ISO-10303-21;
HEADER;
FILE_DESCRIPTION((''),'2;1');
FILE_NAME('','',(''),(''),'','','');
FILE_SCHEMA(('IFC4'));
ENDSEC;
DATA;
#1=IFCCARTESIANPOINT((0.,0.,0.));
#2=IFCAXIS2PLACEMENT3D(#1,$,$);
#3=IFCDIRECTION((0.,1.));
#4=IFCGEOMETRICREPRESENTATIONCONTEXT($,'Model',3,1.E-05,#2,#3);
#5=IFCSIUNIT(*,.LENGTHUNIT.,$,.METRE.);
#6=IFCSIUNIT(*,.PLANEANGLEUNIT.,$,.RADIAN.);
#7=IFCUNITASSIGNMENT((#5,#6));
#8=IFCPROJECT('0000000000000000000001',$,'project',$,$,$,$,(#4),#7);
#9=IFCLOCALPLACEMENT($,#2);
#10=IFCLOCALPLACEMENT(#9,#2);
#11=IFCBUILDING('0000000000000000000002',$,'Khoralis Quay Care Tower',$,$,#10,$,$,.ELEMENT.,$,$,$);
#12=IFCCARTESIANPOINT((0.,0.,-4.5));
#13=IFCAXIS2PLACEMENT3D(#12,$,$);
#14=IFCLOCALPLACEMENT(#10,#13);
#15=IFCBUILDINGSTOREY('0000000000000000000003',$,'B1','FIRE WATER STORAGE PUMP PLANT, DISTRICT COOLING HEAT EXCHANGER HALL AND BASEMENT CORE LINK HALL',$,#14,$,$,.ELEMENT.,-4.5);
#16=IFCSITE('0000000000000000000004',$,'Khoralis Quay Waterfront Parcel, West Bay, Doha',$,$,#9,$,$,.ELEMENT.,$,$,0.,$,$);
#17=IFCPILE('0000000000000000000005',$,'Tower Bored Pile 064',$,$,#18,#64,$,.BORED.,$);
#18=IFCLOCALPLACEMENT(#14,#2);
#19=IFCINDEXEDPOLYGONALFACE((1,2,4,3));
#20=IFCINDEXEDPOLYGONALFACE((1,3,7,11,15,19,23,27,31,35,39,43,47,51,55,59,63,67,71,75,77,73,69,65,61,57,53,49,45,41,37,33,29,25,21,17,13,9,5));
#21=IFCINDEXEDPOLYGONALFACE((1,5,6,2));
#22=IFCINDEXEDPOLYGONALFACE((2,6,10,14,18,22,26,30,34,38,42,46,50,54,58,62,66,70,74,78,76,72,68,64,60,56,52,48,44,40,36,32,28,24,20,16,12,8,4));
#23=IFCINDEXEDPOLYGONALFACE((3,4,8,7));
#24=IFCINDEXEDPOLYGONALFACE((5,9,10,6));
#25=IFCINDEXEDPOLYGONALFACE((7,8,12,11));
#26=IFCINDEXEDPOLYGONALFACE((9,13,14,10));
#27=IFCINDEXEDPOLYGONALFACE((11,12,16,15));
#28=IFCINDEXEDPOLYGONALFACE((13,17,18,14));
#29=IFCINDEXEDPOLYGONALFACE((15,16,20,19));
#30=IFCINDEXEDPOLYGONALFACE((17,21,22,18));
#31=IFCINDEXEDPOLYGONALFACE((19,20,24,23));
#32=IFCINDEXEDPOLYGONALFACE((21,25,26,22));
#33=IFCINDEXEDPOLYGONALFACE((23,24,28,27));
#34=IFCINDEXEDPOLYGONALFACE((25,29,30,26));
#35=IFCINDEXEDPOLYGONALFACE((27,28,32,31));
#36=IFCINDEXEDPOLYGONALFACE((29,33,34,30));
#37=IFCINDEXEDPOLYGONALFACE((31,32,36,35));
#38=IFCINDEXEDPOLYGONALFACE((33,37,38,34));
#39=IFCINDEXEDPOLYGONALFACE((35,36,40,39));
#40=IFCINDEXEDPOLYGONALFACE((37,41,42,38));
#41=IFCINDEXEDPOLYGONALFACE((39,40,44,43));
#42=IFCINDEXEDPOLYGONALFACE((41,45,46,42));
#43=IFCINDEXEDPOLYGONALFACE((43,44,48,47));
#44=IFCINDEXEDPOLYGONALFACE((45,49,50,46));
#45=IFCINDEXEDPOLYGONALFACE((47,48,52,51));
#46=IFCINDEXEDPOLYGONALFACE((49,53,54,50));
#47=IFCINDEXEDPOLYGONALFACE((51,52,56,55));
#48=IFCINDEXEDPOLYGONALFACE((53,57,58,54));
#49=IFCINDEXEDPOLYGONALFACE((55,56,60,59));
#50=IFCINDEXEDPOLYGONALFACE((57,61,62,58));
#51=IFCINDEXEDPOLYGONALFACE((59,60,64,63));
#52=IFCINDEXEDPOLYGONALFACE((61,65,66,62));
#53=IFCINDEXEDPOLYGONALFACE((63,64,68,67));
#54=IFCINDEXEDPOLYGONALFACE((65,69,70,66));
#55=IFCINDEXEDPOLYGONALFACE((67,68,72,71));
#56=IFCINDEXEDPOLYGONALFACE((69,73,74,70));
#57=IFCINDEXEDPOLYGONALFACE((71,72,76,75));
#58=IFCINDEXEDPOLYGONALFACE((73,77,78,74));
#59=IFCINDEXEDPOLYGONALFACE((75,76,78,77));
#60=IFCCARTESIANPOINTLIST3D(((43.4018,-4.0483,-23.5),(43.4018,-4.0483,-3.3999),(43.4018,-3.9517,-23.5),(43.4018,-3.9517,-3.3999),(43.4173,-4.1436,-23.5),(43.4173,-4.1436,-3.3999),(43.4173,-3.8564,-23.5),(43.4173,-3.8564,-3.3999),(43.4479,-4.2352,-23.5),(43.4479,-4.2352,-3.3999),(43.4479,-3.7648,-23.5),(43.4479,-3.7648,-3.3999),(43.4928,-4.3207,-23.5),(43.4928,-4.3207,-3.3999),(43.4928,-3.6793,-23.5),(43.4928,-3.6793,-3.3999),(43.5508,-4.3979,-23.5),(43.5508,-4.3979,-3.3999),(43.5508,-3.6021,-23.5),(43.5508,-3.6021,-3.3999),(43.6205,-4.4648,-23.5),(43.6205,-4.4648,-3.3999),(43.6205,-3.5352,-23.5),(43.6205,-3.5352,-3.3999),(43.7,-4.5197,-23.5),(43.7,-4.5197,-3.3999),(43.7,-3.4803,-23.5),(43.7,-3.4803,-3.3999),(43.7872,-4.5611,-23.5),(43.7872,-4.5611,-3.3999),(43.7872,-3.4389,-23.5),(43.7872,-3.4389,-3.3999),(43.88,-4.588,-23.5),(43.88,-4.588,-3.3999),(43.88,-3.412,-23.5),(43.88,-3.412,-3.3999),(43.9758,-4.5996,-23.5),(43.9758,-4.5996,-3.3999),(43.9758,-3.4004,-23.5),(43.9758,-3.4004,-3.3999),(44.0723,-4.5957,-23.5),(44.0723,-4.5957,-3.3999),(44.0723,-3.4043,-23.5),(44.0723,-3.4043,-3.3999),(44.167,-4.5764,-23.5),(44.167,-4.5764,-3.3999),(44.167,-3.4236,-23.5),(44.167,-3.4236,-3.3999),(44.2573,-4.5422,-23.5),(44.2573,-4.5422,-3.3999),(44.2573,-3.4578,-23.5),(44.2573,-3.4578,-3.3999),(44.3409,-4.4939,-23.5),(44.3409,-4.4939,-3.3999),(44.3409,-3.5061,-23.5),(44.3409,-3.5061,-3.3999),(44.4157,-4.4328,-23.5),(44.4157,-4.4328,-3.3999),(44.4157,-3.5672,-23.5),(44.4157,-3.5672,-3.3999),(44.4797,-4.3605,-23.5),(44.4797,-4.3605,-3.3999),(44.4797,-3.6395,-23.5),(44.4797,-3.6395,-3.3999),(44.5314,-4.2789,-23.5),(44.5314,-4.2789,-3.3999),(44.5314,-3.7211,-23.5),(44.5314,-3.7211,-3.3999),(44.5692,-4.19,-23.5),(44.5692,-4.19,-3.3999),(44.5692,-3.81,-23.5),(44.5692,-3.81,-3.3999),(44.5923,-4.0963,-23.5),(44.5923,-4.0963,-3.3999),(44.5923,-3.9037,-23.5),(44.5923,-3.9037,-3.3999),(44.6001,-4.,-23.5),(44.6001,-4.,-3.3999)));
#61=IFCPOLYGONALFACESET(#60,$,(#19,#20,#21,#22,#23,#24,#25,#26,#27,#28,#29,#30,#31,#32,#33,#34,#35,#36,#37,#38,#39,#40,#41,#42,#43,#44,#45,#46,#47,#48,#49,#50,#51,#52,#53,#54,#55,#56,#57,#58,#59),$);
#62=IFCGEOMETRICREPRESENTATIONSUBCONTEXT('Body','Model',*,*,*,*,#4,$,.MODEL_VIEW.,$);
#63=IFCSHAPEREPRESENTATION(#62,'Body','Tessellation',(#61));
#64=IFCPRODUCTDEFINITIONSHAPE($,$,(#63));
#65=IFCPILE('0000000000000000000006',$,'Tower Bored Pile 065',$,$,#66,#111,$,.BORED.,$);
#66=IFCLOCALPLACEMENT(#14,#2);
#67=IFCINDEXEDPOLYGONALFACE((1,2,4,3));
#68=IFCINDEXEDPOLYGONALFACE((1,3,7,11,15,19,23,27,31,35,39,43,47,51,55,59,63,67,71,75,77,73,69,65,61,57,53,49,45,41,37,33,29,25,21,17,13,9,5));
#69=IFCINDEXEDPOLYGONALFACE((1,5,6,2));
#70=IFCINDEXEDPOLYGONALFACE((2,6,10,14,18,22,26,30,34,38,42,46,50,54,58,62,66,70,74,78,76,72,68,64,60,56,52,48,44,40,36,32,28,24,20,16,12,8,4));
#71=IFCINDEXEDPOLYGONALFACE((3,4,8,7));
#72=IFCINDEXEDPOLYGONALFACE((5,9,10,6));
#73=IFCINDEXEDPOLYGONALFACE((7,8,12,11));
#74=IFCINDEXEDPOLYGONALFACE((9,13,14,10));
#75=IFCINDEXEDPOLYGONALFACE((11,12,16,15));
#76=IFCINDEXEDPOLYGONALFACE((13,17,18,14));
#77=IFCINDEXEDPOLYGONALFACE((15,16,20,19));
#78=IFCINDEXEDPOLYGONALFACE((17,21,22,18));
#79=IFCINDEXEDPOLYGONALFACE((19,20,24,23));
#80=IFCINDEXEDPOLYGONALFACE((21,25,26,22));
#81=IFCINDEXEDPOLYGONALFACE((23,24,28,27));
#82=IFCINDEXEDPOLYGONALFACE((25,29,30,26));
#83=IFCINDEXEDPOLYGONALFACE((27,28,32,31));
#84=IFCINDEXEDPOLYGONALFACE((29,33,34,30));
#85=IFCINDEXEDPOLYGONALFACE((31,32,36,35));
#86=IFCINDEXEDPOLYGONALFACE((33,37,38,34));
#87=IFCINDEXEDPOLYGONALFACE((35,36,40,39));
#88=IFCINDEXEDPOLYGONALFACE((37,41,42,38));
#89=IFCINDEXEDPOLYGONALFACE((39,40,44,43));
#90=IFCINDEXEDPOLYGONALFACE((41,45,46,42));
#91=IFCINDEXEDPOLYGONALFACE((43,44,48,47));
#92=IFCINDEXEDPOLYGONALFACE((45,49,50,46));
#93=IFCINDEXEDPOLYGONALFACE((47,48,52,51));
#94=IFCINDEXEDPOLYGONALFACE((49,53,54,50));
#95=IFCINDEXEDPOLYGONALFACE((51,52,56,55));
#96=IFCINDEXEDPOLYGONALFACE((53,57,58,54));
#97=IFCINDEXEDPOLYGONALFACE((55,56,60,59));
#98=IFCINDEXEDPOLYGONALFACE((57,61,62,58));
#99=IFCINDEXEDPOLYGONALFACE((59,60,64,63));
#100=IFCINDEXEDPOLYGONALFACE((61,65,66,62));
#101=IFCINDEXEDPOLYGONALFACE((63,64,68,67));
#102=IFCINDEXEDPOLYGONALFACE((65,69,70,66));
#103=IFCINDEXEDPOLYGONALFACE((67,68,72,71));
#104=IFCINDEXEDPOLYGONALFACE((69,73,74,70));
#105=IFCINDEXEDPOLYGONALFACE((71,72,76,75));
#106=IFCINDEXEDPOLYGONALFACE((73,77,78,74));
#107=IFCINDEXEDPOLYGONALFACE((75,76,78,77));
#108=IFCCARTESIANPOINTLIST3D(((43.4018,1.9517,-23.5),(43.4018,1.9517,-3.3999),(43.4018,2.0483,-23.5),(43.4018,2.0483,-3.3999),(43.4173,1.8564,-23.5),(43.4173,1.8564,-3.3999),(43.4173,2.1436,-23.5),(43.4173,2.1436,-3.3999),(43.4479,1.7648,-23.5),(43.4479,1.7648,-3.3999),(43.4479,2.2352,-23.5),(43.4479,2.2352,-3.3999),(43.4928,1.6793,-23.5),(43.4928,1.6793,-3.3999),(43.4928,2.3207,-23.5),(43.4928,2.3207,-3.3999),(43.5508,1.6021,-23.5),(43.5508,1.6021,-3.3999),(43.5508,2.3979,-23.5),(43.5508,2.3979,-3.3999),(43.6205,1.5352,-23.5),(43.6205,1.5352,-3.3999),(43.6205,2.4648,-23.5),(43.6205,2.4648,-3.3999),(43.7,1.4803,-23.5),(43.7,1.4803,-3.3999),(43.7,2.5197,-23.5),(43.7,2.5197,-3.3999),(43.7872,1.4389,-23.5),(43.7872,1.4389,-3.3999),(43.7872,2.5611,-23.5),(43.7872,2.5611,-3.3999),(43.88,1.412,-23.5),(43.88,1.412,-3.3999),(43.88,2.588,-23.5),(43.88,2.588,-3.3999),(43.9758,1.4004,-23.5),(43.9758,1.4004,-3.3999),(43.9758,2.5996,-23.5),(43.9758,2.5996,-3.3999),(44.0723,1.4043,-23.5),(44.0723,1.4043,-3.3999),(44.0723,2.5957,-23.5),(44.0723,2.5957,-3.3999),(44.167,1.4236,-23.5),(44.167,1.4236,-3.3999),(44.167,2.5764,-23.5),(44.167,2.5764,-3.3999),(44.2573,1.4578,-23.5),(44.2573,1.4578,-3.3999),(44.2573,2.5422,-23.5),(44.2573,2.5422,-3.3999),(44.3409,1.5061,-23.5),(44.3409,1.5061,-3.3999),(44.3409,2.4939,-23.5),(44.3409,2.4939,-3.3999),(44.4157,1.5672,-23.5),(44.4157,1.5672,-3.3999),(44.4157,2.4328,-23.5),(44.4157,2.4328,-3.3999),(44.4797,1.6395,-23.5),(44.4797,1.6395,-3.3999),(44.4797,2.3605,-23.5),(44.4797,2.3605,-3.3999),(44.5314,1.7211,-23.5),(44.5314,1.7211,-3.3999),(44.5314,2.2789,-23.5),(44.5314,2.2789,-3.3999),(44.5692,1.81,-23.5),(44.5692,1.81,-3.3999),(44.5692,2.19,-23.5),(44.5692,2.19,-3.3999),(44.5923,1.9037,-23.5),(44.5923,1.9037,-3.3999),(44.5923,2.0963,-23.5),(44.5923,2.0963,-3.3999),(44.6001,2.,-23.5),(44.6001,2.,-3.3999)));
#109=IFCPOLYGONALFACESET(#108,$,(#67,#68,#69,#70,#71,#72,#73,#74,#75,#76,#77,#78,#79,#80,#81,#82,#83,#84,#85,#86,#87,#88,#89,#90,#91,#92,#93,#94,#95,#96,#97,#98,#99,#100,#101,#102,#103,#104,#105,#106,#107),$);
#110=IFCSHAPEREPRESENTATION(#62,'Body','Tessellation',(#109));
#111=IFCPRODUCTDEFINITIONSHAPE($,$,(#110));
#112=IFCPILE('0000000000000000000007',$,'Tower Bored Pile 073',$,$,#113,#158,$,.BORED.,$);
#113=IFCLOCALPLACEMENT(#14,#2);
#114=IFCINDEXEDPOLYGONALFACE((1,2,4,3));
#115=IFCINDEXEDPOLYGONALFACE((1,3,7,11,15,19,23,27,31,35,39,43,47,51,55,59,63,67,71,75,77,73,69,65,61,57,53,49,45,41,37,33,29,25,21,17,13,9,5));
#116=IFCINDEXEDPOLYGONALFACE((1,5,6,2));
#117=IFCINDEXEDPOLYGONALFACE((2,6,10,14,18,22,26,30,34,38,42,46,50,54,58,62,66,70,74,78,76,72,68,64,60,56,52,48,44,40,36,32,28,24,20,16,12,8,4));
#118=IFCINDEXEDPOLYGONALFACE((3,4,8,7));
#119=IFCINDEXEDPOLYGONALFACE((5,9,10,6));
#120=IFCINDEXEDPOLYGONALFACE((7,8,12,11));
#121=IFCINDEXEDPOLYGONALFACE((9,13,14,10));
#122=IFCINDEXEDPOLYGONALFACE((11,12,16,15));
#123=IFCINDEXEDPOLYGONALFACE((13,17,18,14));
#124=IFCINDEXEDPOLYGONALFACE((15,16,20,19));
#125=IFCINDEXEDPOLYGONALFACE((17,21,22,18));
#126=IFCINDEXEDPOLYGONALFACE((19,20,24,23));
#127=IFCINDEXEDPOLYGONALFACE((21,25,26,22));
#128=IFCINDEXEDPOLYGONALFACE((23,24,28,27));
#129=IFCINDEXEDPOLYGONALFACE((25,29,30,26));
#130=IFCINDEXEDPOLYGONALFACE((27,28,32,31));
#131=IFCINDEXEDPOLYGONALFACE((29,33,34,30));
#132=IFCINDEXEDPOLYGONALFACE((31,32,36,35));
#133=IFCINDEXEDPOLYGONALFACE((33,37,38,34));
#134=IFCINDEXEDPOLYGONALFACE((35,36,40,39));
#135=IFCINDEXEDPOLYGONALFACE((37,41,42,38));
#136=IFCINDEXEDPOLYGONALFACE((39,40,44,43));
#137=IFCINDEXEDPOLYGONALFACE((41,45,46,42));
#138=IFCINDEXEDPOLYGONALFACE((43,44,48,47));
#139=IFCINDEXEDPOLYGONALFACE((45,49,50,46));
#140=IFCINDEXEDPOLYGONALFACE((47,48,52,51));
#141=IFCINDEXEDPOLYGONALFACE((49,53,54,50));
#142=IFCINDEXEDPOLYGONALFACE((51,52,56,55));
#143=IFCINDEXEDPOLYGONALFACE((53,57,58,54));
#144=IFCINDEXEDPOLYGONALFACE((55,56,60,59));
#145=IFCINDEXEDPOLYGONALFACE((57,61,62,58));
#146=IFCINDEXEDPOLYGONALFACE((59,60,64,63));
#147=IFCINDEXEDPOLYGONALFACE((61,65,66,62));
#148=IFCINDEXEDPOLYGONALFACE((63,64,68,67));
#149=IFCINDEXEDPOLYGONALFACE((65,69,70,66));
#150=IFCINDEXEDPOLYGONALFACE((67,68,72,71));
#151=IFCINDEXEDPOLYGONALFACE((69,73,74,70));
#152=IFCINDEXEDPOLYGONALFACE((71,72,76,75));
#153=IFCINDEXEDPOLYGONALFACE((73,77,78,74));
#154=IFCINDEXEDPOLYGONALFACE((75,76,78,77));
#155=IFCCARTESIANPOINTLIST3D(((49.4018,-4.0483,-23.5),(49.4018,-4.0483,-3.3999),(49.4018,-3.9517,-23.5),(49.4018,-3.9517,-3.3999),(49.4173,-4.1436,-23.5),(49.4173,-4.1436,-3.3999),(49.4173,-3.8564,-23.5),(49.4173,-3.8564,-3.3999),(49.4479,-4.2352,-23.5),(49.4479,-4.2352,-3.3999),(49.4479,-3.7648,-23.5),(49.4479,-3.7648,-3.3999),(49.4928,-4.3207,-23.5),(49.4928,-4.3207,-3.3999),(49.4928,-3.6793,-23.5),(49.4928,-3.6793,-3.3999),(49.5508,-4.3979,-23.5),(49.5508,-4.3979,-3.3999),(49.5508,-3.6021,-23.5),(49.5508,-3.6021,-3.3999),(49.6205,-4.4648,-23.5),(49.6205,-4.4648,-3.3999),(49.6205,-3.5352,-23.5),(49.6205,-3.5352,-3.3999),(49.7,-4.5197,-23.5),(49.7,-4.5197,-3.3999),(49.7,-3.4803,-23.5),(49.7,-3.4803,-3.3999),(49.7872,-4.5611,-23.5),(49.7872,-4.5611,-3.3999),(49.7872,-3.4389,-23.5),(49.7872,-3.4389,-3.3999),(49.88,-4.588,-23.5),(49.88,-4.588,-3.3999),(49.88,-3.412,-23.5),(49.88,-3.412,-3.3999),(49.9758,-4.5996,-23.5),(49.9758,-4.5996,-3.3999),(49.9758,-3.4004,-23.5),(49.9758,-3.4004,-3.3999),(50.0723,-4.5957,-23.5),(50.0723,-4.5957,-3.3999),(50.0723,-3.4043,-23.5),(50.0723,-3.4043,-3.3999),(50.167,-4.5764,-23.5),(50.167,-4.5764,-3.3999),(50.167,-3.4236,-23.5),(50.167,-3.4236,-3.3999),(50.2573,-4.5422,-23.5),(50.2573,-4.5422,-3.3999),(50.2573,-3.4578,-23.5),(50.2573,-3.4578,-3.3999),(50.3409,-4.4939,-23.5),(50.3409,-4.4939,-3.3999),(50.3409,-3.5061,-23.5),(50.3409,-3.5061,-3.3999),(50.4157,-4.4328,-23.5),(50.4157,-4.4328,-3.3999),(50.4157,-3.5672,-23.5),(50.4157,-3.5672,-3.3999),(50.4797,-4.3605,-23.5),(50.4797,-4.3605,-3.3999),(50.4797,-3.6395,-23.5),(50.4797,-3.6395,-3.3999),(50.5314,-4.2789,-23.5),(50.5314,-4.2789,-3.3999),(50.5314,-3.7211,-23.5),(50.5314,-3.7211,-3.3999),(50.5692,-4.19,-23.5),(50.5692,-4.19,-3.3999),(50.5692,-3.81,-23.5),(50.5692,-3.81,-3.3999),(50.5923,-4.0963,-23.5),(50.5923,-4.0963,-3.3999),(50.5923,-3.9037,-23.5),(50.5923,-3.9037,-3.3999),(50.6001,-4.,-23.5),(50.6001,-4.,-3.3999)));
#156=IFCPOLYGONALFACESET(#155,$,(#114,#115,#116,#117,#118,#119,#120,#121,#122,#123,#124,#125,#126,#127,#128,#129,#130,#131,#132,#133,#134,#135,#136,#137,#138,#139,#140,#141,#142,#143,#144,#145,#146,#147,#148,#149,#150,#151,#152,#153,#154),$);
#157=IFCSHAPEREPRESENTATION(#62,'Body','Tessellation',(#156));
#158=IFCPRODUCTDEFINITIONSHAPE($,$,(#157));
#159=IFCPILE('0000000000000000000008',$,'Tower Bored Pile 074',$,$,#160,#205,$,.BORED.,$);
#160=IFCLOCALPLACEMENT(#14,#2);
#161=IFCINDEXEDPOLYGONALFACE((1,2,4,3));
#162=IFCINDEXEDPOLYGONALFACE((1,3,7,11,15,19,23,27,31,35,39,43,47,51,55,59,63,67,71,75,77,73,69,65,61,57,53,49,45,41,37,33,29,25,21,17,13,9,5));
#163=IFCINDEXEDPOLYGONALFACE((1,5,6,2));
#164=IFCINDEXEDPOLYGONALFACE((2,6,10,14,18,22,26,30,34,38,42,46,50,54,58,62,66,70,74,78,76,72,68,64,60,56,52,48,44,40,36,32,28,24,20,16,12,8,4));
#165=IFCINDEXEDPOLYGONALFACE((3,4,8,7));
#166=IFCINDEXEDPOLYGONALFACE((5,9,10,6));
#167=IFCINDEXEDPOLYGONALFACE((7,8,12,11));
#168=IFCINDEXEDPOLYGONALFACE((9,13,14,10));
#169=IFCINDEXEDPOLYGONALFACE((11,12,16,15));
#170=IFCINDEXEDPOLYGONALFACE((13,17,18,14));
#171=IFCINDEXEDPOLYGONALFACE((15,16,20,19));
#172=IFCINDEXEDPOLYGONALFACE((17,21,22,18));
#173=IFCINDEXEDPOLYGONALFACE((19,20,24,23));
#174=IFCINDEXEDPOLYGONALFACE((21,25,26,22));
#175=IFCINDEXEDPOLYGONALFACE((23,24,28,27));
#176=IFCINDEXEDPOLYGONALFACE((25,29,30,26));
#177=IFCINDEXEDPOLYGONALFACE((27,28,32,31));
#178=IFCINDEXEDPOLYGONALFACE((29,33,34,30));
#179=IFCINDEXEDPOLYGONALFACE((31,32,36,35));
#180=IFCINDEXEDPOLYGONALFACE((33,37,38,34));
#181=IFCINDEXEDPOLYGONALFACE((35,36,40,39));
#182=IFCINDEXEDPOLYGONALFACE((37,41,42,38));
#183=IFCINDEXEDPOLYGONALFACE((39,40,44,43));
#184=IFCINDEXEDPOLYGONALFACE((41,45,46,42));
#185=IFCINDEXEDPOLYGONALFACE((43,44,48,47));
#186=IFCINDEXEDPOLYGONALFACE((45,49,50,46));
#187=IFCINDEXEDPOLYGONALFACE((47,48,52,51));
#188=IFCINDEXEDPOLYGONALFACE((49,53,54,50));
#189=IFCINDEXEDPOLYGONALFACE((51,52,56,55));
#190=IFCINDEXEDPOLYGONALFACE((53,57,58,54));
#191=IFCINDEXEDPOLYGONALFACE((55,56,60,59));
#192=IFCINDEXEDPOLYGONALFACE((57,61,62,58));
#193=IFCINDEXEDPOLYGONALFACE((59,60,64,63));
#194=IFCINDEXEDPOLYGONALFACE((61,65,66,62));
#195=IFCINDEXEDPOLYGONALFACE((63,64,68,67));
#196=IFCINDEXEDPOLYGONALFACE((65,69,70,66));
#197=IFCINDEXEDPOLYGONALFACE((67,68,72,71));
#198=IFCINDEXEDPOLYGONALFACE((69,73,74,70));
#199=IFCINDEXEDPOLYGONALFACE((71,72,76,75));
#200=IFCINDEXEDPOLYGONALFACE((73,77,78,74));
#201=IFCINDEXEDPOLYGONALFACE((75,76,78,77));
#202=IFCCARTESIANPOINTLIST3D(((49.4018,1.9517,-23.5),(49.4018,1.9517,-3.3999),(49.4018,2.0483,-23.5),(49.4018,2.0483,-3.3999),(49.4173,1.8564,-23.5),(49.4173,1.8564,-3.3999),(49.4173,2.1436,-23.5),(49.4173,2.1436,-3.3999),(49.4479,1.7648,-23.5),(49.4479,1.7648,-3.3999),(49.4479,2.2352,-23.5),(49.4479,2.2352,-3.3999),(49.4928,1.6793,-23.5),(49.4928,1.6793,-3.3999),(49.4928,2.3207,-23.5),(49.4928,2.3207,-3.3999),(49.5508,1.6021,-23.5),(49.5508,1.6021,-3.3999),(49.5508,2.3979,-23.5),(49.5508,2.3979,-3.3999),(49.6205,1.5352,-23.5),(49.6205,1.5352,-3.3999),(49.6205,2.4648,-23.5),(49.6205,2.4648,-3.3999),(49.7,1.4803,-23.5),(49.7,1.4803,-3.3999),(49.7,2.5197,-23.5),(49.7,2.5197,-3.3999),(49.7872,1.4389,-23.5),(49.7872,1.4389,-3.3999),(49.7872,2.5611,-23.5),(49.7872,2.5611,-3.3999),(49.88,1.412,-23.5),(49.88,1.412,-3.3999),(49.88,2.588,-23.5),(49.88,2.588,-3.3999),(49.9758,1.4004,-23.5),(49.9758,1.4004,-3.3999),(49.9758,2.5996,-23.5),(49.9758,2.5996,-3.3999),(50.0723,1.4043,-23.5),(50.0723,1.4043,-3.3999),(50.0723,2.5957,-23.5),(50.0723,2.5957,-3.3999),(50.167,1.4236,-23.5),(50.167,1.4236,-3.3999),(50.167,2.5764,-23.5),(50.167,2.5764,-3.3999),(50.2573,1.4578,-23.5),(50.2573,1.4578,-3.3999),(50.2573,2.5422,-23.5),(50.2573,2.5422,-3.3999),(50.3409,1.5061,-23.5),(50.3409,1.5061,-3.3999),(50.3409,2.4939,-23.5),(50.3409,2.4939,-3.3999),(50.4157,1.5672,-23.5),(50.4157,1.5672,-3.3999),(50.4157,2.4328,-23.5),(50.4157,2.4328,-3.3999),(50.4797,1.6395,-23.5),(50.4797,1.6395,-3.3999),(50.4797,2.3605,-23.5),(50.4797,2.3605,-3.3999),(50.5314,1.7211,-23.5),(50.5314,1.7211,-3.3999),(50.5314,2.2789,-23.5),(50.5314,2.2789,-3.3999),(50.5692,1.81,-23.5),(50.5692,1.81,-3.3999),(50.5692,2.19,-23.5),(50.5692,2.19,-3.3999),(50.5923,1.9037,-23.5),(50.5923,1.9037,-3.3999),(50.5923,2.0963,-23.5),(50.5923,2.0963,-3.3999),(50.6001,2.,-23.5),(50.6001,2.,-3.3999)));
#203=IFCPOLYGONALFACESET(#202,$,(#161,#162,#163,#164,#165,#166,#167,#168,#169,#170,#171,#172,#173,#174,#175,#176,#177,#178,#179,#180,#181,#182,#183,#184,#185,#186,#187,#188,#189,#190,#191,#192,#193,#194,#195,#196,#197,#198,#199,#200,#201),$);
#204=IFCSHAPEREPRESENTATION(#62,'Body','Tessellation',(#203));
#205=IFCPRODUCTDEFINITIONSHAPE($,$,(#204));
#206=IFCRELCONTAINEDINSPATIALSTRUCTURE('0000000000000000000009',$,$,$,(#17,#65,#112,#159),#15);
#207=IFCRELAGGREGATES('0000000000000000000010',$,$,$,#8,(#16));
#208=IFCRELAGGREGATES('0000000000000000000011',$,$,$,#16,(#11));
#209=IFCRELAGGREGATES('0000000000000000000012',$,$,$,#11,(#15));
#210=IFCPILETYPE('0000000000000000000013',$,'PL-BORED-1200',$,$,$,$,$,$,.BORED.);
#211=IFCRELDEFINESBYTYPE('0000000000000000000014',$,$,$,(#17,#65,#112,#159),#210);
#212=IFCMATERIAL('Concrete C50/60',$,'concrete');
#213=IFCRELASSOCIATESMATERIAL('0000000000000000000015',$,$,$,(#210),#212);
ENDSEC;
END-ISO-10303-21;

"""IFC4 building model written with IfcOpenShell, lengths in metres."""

from ifc_helpers import new_model, si_unit, direction, frame, origin, origin_2d, place, context, subcontext, project, spatial, circle, extrude, source, transform, mapped, material, material_profile, profile_set, type_object, element, save


model = new_model("IFC4")

# Units and contexts
model_context = context("Model", 3, precision=1e-05, world=origin(), true_north=direction((0.0, 1.0)))
body_context = subcontext(model_context, "Body", "Model", "MODEL_VIEW")
ifc_project = project(units=[si_unit("LENGTHUNIT", "METRE"), si_unit("PLANEANGLEUNIT", "RADIAN")], contexts=[model_context])

# Site, building, storey
site_placement = place(None, origin())
site = spatial("IfcSite", under=ifc_project, at=site_placement, Name="Khoralis Quay Waterfront Parcel, West Bay, Doha", CompositionType="ELEMENT", RefElevation=0.0)
building_placement = place(site_placement, origin())
building = spatial("IfcBuilding", under=site, at=building_placement, Name="Khoralis Quay Care Tower", CompositionType="ELEMENT")
storey_placement = place(building_placement, frame((0.0, 0.0, -4.5)))
storey = spatial("IfcBuildingStorey", under=building, at=storey_placement, Name="B1", Description="FIRE WATER STORAGE PUMP PLANT, DISTRICT COOLING HEAT EXCHANGER HALL AND BASEMENT CORE LINK HALL", CompositionType="ELEMENT", Elevation=-4.5)

# Piles
ifc_material_1 = material(Name="Concrete C50/60", Category="concrete")
ifc_material_profile_1 = material_profile(ifc_material_1, circle(Radius=0.6001, at=origin_2d()), Name="Concrete C50/60")
ifc_profile_set_1 = profile_set([ifc_material_profile_1], Name="Concrete C50/60")
pile_type = type_object("IfcPileType", Name="PL-BORED-1200", PredefinedType="BORED", material=ifc_profile_set_1)
shared_shape_1 = source(origin(), body_context, "Body", "SweptSolid", [
    extrude(circle(Radius=0.6001, at=origin_2d()), origin(), (0.0, 0.0, 1.0), 20.1001),
])
for number, where, z_axis, x_axis, name in (
    (1, (44.0, -4.0, -3.3999), (0.0, 0.0, -1.0), (1.0, 0.0, 0.0), "Tower Bored Pile 064"),
    (2, (44.0, 2.0, -3.3999), (0.0, 0.0, -1.0), (1.0, 0.0, 0.0), "Tower Bored Pile 065"),
    (3, (50.0, -4.0, -3.3999), (0.0, 0.0, -1.0), (1.0, 0.0, 0.0), "Tower Bored Pile 073"),
    (4, (50.0, 2.0, -3.3999), (0.0, 0.0, -1.0), (1.0, 0.0, 0.0), "Tower Bored Pile 074"),
):
    element("IfcPile", number, at=place(storey_placement, frame(where, z_axis=z_axis, x_axis=x_axis)), inside=storey, type_object=pile_type, Name=name, PredefinedType="BORED", context=body_context, shape_type="MappedRepresentation", body=[
        mapped(shared_shape_1, transform((0.0, 0.0, 0.0), scale=1.0)),
    ])

save(model, "model.ifc")
